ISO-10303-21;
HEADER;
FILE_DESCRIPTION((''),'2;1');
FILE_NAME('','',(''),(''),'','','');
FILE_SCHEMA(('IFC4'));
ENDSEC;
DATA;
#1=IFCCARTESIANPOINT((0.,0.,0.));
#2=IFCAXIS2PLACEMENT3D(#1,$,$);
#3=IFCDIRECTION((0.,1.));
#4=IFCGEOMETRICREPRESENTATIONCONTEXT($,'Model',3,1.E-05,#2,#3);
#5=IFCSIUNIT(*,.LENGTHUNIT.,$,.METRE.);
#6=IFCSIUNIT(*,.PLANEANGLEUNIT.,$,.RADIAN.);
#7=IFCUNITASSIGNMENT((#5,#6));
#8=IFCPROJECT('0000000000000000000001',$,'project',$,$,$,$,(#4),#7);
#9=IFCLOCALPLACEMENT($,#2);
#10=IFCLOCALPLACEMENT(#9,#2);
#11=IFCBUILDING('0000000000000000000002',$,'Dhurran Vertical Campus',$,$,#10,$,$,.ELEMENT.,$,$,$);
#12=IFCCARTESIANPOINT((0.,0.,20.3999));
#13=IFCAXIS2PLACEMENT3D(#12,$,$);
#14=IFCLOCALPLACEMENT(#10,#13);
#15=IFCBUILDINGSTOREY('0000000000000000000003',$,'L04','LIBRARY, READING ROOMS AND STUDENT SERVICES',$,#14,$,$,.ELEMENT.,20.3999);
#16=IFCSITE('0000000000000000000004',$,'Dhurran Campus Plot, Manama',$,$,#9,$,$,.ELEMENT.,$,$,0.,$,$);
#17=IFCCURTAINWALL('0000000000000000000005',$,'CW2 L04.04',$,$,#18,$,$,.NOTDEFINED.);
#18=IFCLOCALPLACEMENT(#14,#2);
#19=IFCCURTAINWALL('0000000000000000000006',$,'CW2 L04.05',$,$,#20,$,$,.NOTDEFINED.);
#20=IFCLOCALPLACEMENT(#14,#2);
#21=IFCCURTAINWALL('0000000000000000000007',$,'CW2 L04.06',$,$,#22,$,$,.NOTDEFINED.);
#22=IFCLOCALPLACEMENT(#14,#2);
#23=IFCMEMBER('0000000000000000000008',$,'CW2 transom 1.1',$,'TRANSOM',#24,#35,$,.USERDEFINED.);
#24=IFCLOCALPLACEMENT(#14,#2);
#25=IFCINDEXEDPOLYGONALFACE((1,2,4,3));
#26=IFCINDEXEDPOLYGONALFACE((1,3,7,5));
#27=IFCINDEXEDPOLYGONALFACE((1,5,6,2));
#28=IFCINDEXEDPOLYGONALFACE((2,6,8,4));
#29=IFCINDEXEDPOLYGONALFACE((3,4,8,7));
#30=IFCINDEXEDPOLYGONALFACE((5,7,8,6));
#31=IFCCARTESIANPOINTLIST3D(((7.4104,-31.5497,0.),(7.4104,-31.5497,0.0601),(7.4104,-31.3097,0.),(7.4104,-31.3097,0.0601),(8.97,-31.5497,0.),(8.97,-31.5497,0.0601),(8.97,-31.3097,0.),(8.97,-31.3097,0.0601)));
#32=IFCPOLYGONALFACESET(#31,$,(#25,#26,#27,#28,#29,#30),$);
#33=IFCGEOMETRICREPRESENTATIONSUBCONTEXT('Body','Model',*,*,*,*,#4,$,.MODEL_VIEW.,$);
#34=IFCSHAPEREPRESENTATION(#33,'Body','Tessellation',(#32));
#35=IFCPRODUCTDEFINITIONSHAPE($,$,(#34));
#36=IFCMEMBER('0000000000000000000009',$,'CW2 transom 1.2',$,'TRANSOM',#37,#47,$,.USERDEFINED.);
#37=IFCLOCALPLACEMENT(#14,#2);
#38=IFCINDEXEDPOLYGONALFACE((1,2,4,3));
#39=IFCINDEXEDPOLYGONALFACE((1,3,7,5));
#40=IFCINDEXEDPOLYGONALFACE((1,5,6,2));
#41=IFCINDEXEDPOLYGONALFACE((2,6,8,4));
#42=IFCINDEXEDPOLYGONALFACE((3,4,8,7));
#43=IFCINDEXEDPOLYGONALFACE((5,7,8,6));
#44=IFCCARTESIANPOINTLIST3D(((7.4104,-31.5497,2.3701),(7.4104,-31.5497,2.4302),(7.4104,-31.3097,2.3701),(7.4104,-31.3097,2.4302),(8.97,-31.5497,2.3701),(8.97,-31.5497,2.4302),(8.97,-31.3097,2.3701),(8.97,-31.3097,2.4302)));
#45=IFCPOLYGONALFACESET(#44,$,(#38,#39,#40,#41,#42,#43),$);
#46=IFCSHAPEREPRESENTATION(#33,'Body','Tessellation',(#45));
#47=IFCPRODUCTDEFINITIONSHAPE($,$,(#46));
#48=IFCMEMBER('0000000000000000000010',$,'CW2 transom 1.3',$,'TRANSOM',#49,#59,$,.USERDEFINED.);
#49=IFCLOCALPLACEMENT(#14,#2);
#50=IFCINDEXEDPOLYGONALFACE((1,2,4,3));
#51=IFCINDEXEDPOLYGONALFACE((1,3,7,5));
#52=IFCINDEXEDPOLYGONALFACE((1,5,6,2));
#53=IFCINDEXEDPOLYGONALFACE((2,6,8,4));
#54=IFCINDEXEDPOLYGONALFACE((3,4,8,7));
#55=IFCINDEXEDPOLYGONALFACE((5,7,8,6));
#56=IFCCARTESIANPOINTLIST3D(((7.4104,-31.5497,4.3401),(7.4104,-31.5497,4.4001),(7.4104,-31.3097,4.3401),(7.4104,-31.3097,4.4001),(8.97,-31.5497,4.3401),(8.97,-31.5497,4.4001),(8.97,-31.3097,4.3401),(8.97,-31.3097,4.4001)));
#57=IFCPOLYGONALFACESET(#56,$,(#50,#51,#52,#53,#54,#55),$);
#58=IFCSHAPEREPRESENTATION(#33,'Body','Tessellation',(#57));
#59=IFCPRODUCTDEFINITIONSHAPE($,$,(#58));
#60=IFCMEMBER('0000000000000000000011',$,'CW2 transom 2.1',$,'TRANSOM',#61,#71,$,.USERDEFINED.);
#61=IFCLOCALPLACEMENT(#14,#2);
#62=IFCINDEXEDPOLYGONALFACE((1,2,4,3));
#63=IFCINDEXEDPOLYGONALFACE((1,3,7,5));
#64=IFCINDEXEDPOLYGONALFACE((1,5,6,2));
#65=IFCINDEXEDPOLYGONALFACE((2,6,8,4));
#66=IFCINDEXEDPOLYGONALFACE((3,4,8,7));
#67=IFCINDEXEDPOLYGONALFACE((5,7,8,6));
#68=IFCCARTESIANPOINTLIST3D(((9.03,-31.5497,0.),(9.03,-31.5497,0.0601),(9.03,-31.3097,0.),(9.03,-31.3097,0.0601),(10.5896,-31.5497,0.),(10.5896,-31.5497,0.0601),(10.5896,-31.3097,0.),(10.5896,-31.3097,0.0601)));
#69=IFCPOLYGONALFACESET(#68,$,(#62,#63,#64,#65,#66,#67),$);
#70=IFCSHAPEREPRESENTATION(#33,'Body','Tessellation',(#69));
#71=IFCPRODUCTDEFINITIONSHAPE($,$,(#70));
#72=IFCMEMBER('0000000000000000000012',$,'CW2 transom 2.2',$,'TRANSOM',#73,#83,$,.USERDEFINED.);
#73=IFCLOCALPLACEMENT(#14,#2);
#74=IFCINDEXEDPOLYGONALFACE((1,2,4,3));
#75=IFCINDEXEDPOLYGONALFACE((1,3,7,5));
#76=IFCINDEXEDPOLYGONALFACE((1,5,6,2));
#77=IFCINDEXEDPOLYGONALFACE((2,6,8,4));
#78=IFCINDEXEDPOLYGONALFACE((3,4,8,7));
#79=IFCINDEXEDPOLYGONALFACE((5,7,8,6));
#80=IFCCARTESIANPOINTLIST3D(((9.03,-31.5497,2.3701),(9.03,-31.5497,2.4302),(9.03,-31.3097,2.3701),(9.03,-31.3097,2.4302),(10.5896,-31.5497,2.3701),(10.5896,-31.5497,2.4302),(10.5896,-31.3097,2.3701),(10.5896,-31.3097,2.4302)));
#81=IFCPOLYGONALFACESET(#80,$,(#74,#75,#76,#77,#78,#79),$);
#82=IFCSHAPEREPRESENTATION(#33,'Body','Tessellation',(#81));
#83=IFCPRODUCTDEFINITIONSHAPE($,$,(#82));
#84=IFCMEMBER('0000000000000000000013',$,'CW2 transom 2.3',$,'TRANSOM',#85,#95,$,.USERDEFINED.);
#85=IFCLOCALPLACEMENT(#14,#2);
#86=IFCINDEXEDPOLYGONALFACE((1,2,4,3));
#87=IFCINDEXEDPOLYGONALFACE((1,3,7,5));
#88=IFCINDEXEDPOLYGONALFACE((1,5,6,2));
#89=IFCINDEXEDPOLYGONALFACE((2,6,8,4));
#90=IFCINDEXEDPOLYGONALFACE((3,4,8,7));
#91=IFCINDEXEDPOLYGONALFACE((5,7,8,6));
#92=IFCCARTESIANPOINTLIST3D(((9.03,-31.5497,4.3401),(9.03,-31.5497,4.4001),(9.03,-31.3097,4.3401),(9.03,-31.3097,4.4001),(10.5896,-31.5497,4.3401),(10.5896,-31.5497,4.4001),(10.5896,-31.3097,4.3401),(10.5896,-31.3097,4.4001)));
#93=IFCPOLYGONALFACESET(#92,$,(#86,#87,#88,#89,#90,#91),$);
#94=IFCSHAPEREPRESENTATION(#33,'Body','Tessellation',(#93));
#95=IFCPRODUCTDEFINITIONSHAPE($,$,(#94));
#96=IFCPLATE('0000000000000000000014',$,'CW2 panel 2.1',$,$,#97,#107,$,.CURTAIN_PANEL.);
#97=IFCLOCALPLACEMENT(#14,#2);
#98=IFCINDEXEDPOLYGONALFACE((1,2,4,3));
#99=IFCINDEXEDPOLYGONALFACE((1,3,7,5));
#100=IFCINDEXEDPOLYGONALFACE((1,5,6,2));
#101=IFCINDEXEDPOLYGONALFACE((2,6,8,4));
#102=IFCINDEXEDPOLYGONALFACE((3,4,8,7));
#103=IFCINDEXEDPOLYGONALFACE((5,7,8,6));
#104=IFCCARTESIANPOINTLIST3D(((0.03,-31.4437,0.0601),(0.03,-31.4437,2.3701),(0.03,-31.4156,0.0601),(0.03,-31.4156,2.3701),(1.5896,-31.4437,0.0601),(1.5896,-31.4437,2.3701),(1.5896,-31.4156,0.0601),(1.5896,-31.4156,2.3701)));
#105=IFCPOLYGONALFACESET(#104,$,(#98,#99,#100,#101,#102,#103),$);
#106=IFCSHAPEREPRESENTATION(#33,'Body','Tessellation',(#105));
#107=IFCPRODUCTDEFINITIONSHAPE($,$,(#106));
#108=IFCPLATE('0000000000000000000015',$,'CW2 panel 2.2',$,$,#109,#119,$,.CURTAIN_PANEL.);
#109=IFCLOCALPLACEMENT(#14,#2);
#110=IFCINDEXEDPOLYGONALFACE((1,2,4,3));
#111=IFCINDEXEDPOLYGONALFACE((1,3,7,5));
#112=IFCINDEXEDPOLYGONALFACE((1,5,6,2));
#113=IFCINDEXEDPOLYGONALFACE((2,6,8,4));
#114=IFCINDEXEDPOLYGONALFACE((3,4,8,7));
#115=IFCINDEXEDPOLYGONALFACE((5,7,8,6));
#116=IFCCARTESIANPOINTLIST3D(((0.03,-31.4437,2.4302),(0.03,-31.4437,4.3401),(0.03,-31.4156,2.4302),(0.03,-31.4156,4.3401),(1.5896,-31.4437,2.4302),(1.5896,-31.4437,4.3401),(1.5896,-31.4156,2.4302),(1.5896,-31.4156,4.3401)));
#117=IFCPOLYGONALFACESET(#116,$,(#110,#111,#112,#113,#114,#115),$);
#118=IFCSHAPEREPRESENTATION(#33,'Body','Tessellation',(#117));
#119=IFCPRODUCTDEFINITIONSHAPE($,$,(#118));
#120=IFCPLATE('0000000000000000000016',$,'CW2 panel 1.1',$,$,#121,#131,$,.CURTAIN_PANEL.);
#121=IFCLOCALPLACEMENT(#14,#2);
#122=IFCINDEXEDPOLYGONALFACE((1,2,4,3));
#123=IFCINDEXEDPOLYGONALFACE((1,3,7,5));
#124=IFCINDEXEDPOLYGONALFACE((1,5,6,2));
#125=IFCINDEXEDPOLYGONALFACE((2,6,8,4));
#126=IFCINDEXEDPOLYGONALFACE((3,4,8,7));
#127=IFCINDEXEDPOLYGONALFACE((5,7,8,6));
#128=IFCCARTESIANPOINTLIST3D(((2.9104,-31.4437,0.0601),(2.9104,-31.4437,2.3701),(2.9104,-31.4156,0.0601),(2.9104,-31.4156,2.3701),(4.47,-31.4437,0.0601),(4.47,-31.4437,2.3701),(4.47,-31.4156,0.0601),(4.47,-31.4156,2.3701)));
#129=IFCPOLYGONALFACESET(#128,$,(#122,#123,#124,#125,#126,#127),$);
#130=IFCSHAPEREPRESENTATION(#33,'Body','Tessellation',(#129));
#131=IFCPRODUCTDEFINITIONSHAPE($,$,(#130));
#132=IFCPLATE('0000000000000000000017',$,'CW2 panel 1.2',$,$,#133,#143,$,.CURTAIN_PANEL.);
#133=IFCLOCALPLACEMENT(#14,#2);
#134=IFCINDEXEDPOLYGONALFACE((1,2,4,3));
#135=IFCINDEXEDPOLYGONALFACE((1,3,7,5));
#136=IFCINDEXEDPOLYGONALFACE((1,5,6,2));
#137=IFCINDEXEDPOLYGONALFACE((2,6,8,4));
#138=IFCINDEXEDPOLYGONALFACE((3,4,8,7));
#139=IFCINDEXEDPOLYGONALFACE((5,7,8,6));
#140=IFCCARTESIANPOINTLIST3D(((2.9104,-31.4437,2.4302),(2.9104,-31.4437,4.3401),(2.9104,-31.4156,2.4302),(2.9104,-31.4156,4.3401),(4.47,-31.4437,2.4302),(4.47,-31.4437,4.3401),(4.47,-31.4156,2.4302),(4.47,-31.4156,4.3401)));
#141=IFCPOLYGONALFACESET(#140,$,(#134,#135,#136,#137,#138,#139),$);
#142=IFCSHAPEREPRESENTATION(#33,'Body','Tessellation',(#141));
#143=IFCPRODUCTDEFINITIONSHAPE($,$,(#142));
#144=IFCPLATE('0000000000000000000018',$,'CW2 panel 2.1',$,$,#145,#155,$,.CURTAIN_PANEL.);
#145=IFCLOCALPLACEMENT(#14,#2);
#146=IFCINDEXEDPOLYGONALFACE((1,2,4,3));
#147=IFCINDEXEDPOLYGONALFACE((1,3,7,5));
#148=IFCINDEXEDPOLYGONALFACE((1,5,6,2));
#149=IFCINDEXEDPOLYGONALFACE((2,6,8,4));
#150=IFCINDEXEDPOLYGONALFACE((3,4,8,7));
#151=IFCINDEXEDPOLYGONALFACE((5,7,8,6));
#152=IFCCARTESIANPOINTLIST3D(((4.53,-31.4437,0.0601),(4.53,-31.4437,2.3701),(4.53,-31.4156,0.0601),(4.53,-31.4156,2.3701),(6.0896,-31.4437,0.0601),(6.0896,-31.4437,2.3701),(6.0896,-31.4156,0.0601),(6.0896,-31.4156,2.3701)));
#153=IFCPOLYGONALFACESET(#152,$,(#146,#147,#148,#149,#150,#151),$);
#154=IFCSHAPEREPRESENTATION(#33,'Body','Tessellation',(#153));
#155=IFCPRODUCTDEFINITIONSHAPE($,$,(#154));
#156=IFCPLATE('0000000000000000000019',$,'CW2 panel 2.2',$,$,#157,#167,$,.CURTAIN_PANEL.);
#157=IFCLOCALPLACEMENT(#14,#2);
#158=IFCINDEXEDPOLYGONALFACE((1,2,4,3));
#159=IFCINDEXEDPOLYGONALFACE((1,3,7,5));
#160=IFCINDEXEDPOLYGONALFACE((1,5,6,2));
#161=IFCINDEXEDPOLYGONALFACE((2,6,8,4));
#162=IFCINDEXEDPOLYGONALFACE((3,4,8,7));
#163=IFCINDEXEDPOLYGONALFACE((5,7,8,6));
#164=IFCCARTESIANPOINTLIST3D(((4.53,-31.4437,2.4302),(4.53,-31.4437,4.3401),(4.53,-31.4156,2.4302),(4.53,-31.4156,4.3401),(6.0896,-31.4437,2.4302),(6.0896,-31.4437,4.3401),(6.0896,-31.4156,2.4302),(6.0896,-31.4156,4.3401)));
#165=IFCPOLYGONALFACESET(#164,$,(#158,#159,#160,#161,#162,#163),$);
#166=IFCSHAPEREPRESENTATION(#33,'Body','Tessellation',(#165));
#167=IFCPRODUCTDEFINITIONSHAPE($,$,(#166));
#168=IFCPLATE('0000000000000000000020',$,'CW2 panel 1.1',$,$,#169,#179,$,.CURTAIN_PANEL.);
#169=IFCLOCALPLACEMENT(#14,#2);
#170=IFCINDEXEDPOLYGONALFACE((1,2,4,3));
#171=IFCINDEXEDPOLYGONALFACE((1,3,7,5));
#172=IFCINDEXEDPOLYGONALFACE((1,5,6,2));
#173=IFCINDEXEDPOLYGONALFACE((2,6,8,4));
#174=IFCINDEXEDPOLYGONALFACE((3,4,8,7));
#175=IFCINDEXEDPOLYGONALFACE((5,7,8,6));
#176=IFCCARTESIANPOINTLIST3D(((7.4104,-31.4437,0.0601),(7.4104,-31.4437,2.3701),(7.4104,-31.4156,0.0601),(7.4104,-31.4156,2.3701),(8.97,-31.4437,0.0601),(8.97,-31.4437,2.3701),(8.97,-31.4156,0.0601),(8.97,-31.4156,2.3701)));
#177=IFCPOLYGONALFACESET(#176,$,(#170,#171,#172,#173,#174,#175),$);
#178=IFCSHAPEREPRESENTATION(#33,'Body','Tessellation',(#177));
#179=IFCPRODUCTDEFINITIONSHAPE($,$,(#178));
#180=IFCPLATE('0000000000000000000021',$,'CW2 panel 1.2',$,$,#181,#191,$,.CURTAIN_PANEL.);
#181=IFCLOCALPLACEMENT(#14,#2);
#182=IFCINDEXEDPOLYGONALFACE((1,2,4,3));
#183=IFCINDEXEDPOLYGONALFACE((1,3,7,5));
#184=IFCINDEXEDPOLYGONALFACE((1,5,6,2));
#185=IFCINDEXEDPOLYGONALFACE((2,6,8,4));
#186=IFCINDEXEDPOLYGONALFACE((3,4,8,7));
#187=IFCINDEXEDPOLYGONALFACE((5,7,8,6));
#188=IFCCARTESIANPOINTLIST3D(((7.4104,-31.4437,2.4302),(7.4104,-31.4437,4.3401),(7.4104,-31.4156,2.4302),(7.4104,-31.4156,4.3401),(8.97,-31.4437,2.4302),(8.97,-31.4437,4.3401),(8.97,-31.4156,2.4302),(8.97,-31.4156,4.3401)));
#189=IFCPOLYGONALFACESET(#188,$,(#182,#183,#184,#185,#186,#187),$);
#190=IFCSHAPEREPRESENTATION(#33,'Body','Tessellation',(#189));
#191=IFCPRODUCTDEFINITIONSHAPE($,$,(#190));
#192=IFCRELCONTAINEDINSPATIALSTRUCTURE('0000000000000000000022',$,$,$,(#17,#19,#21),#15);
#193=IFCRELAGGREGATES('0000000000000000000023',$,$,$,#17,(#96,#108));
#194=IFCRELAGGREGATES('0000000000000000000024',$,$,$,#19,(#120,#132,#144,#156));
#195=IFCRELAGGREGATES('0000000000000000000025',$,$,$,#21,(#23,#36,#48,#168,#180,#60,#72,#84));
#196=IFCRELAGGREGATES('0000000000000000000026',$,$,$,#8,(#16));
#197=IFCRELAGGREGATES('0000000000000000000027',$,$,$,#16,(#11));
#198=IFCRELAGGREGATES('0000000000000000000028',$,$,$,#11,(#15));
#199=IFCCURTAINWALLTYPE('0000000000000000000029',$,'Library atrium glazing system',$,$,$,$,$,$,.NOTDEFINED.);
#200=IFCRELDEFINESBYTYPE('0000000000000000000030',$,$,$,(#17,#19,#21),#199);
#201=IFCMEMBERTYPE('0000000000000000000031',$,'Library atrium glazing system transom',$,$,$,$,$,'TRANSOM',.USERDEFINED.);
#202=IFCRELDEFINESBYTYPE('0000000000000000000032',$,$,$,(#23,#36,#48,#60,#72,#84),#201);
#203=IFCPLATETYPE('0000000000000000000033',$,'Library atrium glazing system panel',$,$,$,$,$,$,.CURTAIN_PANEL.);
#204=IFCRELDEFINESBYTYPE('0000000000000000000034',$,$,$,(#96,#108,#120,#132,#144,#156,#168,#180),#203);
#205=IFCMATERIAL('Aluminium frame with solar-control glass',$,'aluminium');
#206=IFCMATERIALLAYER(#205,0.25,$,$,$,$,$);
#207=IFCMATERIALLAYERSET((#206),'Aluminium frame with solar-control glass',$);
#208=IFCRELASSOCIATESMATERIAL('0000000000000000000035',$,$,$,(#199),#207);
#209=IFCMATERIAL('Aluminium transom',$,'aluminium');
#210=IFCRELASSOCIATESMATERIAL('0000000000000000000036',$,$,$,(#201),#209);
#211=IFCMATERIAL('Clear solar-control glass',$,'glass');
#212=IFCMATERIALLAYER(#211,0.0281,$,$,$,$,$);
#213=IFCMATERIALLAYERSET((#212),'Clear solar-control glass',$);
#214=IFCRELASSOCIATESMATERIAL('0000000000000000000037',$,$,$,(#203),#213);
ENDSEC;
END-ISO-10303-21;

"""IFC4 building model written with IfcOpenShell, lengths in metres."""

from ifc_helpers import new_model, si_unit, direction, frame, origin, origin_2d, place, context, subcontext, project, spatial, rectangle, extrude, material, layer, layer_set, material_profile, profile_set, type_object, element, aggregate, save


model = new_model("IFC4")

# Units and contexts
model_context = context("Model", 3, precision=1e-05, world=origin(), true_north=direction((0.0, 1.0)))
body_context = subcontext(model_context, "Body", "Model", "MODEL_VIEW")
ifc_project = project(units=[si_unit("LENGTHUNIT", "METRE"), si_unit("PLANEANGLEUNIT", "RADIAN")], contexts=[model_context])

# Site, building, storey
site_placement = place(None, origin())
site = spatial("IfcSite", under=ifc_project, at=site_placement, Name="Dhurran Campus Plot, Manama", CompositionType="ELEMENT", RefElevation=0.0)
building_placement = place(site_placement, origin())
building = spatial("IfcBuilding", under=site, at=building_placement, Name="Dhurran Vertical Campus", CompositionType="ELEMENT")
storey_placement = place(building_placement, frame((0.0, 0.0, 20.3999)))
storey = spatial("IfcBuildingStorey", under=building, at=storey_placement, Name="L04", Description="LIBRARY, READING ROOMS AND STUDENT SERVICES", CompositionType="ELEMENT", Elevation=20.3999)

# Curtain wall
ifc_material_1 = material(Name="Aluminium frame with solar-control glass", Category="aluminium")
ifc_layer_1 = layer(ifc_material_1, 0.25)
ifc_layer_set_1 = layer_set([ifc_layer_1], Name="Aluminium frame with solar-control glass")
curtain_wall_type = type_object("IfcCurtainWallType", Name="Library atrium glazing system", PredefinedType="NOTDEFINED", material=ifc_layer_set_1)
curtain_wall_1_placement = place(storey_placement, origin())
curtain_wall_1 = element("IfcCurtainWall", 1, at=curtain_wall_1_placement, inside=storey, type_object=curtain_wall_type, Name="CW2 L04.04", PredefinedType="NOTDEFINED")

# Curtain walls
curtain_wall_2_placement = place(storey_placement, origin())
curtain_wall_2 = element("IfcCurtainWall", 2, at=curtain_wall_2_placement, inside=storey, type_object=curtain_wall_type, Name="CW2 L04.05", PredefinedType="NOTDEFINED")
curtain_wall_3_placement = place(storey_placement, origin())
curtain_wall_3 = element("IfcCurtainWall", 3, at=curtain_wall_3_placement, inside=storey, type_object=curtain_wall_type, Name="CW2 L04.06", PredefinedType="NOTDEFINED")

# Members
ifc_material_2 = material(Name="Aluminium transom", Category="aluminium")
ifc_material_profile_1 = material_profile(ifc_material_2, rectangle(XDim=0.24, YDim=0.0601, at=origin_2d()), Name="Library atrium glazing system transom")
ifc_profile_set_1 = profile_set([ifc_material_profile_1], Name="Aluminium transom")
member_type_1 = type_object("IfcMemberType", Name="Library atrium glazing system transom", ElementType="TRANSOM", PredefinedType="USERDEFINED", material=ifc_profile_set_1)
member_1_placement = place(storey_placement, frame((7.4104, -31.4297, 0.03), z_axis=(1.0, 0.0, 0.0), x_axis=(0.0, 1.0, 0.0)))
member_1 = element("IfcMember", 4, at=member_1_placement, type_object=member_type_1, Name="CW2 transom 1.1", ObjectType="TRANSOM", PredefinedType="USERDEFINED", context=body_context, shape_type="SweptSolid", body=[
    extrude(rectangle(XDim=0.24, YDim=0.0601, at=origin_2d()), origin(), (0.0, 0.0, 1.0), 1.5596),
])
member_2_placement = place(storey_placement, frame((7.4104, -31.4297, 2.4001), z_axis=(1.0, 0.0, 0.0), x_axis=(0.0, 1.0, 0.0)))
member_2 = element("IfcMember", 5, at=member_2_placement, type_object=member_type_1, Name="CW2 transom 1.2", ObjectType="TRANSOM", PredefinedType="USERDEFINED", context=body_context, shape_type="SweptSolid", body=[
    extrude(rectangle(XDim=0.24, YDim=0.0601, at=origin_2d()), origin(), (0.0, 0.0, 1.0), 1.5596),
])
member_3_placement = place(storey_placement, frame((7.4104, -31.4297, 4.3701), z_axis=(1.0, 0.0, 0.0), x_axis=(0.0, 1.0, 0.0)))
member_3 = element("IfcMember", 6, at=member_3_placement, type_object=member_type_1, Name="CW2 transom 1.3", ObjectType="TRANSOM", PredefinedType="USERDEFINED", context=body_context, shape_type="SweptSolid", body=[
    extrude(rectangle(XDim=0.24, YDim=0.0601, at=origin_2d()), origin(), (0.0, 0.0, 1.0), 1.5596),
])
member_4_placement = place(storey_placement, frame((9.03, -31.4297, 0.03), z_axis=(1.0, 0.0, 0.0), x_axis=(0.0, 1.0, 0.0)))
member_4 = element("IfcMember", 7, at=member_4_placement, type_object=member_type_1, Name="CW2 transom 2.1", ObjectType="TRANSOM", PredefinedType="USERDEFINED", context=body_context, shape_type="SweptSolid", body=[
    extrude(rectangle(XDim=0.24, YDim=0.0601, at=origin_2d()), origin(), (0.0, 0.0, 1.0), 1.5596),
])
member_5_placement = place(storey_placement, frame((9.03, -31.4297, 2.4001), z_axis=(1.0, 0.0, 0.0), x_axis=(0.0, 1.0, 0.0)))
member_5 = element("IfcMember", 8, at=member_5_placement, type_object=member_type_1, Name="CW2 transom 2.2", ObjectType="TRANSOM", PredefinedType="USERDEFINED", context=body_context, shape_type="SweptSolid", body=[
    extrude(rectangle(XDim=0.24, YDim=0.0601, at=origin_2d()), origin(), (0.0, 0.0, 1.0), 1.5596),
])
member_6_placement = place(storey_placement, frame((9.03, -31.4297, 4.3701), z_axis=(1.0, 0.0, 0.0), x_axis=(0.0, 1.0, 0.0)))
member_6 = element("IfcMember", 9, at=member_6_placement, type_object=member_type_1, Name="CW2 transom 2.3", ObjectType="TRANSOM", PredefinedType="USERDEFINED", context=body_context, shape_type="SweptSolid", body=[
    extrude(rectangle(XDim=0.24, YDim=0.0601, at=origin_2d()), origin(), (0.0, 0.0, 1.0), 1.5596),
])

# Plates
ifc_material_3 = material(Name="Clear solar-control glass", Category="glass")
ifc_layer_2 = layer(ifc_material_3, 0.0281)
ifc_layer_set_2 = layer_set([ifc_layer_2], Name="Clear solar-control glass")
plate_type = type_object("IfcPlateType", Name="Library atrium glazing system panel", PredefinedType="CURTAIN_PANEL", material=ifc_layer_set_2)
plate_1_placement = place(storey_placement, frame((0.8098, -31.4297, 0.0601), z_axis=(0.0, 0.0, 1.0), x_axis=(1.0, 0.0, 0.0)))
plate_1 = element("IfcPlate", 10, at=plate_1_placement, type_object=plate_type, Name="CW2 panel 2.1", PredefinedType="CURTAIN_PANEL", context=body_context, shape_type="SweptSolid", body=[
    extrude(rectangle(XDim=1.5596, YDim=0.0281, at=origin_2d()), origin(), (0.0, 0.0, 1.0), 2.3101),
])
plate_2_placement = place(storey_placement, frame((0.8098, -31.4297, 2.4302), z_axis=(0.0, 0.0, 1.0), x_axis=(1.0, 0.0, 0.0)))
plate_2 = element("IfcPlate", 11, at=plate_2_placement, type_object=plate_type, Name="CW2 panel 2.2", PredefinedType="CURTAIN_PANEL", context=body_context, shape_type="SweptSolid", body=[
    extrude(rectangle(XDim=1.5596, YDim=0.0281, at=origin_2d()), origin(), (0.0, 0.0, 1.0), 1.9099),
])
aggregate(curtain_wall_1, [plate_1, plate_2])
plate_3_placement = place(storey_placement, frame((3.6902, -31.4297, 0.0601), z_axis=(0.0, 0.0, 1.0), x_axis=(1.0, 0.0, 0.0)))
plate_3 = element("IfcPlate", 12, at=plate_3_placement, type_object=plate_type, Name="CW2 panel 1.1", PredefinedType="CURTAIN_PANEL", context=body_context, shape_type="SweptSolid", body=[
    extrude(rectangle(XDim=1.5596, YDim=0.0281, at=origin_2d()), origin(), (0.0, 0.0, 1.0), 2.3101),
])
plate_4_placement = place(storey_placement, frame((3.6902, -31.4297, 2.4302), z_axis=(0.0, 0.0, 1.0), x_axis=(1.0, 0.0, 0.0)))
plate_4 = element("IfcPlate", 13, at=plate_4_placement, type_object=plate_type, Name="CW2 panel 1.2", PredefinedType="CURTAIN_PANEL", context=body_context, shape_type="SweptSolid", body=[
    extrude(rectangle(XDim=1.5596, YDim=0.0281, at=origin_2d()), origin(), (0.0, 0.0, 1.0), 1.9099),
])
plate_5_placement = place(storey_placement, frame((5.3098, -31.4297, 0.0601), z_axis=(0.0, 0.0, 1.0), x_axis=(1.0, 0.0, 0.0)))
plate_5 = element("IfcPlate", 14, at=plate_5_placement, type_object=plate_type, Name="CW2 panel 2.1", PredefinedType="CURTAIN_PANEL", context=body_context, shape_type="SweptSolid", body=[
    extrude(rectangle(XDim=1.5596, YDim=0.0281, at=origin_2d()), origin(), (0.0, 0.0, 1.0), 2.3101),
])
plate_6_placement = place(storey_placement, frame((5.3098, -31.4297, 2.4302), z_axis=(0.0, 0.0, 1.0), x_axis=(1.0, 0.0, 0.0)))
plate_6 = element("IfcPlate", 15, at=plate_6_placement, type_object=plate_type, Name="CW2 panel 2.2", PredefinedType="CURTAIN_PANEL", context=body_context, shape_type="SweptSolid", body=[
    extrude(rectangle(XDim=1.5596, YDim=0.0281, at=origin_2d()), origin(), (0.0, 0.0, 1.0), 1.9099),
])
aggregate(curtain_wall_2, [plate_3, plate_4, plate_5, plate_6])
plate_7_placement = place(storey_placement, frame((8.1902, -31.4297, 0.0601), z_axis=(0.0, 0.0, 1.0), x_axis=(1.0, 0.0, 0.0)))
plate_7 = element("IfcPlate", 16, at=plate_7_placement, type_object=plate_type, Name="CW2 panel 1.1", PredefinedType="CURTAIN_PANEL", context=body_context, shape_type="SweptSolid", body=[
    extrude(rectangle(XDim=1.5596, YDim=0.0281, at=origin_2d()), origin(), (0.0, 0.0, 1.0), 2.3101),
])
plate_8_placement = place(storey_placement, frame((8.1902, -31.4297, 2.4302), z_axis=(0.0, 0.0, 1.0), x_axis=(1.0, 0.0, 0.0)))
plate_8 = element("IfcPlate", 17, at=plate_8_placement, type_object=plate_type, Name="CW2 panel 1.2", PredefinedType="CURTAIN_PANEL", context=body_context, shape_type="SweptSolid", body=[
    extrude(rectangle(XDim=1.5596, YDim=0.0281, at=origin_2d()), origin(), (0.0, 0.0, 1.0), 1.9099),
])
aggregate(curtain_wall_3, [member_1, member_2, member_3, plate_7, plate_8, member_4, member_5, member_6])

save(model, "model.ifc")
